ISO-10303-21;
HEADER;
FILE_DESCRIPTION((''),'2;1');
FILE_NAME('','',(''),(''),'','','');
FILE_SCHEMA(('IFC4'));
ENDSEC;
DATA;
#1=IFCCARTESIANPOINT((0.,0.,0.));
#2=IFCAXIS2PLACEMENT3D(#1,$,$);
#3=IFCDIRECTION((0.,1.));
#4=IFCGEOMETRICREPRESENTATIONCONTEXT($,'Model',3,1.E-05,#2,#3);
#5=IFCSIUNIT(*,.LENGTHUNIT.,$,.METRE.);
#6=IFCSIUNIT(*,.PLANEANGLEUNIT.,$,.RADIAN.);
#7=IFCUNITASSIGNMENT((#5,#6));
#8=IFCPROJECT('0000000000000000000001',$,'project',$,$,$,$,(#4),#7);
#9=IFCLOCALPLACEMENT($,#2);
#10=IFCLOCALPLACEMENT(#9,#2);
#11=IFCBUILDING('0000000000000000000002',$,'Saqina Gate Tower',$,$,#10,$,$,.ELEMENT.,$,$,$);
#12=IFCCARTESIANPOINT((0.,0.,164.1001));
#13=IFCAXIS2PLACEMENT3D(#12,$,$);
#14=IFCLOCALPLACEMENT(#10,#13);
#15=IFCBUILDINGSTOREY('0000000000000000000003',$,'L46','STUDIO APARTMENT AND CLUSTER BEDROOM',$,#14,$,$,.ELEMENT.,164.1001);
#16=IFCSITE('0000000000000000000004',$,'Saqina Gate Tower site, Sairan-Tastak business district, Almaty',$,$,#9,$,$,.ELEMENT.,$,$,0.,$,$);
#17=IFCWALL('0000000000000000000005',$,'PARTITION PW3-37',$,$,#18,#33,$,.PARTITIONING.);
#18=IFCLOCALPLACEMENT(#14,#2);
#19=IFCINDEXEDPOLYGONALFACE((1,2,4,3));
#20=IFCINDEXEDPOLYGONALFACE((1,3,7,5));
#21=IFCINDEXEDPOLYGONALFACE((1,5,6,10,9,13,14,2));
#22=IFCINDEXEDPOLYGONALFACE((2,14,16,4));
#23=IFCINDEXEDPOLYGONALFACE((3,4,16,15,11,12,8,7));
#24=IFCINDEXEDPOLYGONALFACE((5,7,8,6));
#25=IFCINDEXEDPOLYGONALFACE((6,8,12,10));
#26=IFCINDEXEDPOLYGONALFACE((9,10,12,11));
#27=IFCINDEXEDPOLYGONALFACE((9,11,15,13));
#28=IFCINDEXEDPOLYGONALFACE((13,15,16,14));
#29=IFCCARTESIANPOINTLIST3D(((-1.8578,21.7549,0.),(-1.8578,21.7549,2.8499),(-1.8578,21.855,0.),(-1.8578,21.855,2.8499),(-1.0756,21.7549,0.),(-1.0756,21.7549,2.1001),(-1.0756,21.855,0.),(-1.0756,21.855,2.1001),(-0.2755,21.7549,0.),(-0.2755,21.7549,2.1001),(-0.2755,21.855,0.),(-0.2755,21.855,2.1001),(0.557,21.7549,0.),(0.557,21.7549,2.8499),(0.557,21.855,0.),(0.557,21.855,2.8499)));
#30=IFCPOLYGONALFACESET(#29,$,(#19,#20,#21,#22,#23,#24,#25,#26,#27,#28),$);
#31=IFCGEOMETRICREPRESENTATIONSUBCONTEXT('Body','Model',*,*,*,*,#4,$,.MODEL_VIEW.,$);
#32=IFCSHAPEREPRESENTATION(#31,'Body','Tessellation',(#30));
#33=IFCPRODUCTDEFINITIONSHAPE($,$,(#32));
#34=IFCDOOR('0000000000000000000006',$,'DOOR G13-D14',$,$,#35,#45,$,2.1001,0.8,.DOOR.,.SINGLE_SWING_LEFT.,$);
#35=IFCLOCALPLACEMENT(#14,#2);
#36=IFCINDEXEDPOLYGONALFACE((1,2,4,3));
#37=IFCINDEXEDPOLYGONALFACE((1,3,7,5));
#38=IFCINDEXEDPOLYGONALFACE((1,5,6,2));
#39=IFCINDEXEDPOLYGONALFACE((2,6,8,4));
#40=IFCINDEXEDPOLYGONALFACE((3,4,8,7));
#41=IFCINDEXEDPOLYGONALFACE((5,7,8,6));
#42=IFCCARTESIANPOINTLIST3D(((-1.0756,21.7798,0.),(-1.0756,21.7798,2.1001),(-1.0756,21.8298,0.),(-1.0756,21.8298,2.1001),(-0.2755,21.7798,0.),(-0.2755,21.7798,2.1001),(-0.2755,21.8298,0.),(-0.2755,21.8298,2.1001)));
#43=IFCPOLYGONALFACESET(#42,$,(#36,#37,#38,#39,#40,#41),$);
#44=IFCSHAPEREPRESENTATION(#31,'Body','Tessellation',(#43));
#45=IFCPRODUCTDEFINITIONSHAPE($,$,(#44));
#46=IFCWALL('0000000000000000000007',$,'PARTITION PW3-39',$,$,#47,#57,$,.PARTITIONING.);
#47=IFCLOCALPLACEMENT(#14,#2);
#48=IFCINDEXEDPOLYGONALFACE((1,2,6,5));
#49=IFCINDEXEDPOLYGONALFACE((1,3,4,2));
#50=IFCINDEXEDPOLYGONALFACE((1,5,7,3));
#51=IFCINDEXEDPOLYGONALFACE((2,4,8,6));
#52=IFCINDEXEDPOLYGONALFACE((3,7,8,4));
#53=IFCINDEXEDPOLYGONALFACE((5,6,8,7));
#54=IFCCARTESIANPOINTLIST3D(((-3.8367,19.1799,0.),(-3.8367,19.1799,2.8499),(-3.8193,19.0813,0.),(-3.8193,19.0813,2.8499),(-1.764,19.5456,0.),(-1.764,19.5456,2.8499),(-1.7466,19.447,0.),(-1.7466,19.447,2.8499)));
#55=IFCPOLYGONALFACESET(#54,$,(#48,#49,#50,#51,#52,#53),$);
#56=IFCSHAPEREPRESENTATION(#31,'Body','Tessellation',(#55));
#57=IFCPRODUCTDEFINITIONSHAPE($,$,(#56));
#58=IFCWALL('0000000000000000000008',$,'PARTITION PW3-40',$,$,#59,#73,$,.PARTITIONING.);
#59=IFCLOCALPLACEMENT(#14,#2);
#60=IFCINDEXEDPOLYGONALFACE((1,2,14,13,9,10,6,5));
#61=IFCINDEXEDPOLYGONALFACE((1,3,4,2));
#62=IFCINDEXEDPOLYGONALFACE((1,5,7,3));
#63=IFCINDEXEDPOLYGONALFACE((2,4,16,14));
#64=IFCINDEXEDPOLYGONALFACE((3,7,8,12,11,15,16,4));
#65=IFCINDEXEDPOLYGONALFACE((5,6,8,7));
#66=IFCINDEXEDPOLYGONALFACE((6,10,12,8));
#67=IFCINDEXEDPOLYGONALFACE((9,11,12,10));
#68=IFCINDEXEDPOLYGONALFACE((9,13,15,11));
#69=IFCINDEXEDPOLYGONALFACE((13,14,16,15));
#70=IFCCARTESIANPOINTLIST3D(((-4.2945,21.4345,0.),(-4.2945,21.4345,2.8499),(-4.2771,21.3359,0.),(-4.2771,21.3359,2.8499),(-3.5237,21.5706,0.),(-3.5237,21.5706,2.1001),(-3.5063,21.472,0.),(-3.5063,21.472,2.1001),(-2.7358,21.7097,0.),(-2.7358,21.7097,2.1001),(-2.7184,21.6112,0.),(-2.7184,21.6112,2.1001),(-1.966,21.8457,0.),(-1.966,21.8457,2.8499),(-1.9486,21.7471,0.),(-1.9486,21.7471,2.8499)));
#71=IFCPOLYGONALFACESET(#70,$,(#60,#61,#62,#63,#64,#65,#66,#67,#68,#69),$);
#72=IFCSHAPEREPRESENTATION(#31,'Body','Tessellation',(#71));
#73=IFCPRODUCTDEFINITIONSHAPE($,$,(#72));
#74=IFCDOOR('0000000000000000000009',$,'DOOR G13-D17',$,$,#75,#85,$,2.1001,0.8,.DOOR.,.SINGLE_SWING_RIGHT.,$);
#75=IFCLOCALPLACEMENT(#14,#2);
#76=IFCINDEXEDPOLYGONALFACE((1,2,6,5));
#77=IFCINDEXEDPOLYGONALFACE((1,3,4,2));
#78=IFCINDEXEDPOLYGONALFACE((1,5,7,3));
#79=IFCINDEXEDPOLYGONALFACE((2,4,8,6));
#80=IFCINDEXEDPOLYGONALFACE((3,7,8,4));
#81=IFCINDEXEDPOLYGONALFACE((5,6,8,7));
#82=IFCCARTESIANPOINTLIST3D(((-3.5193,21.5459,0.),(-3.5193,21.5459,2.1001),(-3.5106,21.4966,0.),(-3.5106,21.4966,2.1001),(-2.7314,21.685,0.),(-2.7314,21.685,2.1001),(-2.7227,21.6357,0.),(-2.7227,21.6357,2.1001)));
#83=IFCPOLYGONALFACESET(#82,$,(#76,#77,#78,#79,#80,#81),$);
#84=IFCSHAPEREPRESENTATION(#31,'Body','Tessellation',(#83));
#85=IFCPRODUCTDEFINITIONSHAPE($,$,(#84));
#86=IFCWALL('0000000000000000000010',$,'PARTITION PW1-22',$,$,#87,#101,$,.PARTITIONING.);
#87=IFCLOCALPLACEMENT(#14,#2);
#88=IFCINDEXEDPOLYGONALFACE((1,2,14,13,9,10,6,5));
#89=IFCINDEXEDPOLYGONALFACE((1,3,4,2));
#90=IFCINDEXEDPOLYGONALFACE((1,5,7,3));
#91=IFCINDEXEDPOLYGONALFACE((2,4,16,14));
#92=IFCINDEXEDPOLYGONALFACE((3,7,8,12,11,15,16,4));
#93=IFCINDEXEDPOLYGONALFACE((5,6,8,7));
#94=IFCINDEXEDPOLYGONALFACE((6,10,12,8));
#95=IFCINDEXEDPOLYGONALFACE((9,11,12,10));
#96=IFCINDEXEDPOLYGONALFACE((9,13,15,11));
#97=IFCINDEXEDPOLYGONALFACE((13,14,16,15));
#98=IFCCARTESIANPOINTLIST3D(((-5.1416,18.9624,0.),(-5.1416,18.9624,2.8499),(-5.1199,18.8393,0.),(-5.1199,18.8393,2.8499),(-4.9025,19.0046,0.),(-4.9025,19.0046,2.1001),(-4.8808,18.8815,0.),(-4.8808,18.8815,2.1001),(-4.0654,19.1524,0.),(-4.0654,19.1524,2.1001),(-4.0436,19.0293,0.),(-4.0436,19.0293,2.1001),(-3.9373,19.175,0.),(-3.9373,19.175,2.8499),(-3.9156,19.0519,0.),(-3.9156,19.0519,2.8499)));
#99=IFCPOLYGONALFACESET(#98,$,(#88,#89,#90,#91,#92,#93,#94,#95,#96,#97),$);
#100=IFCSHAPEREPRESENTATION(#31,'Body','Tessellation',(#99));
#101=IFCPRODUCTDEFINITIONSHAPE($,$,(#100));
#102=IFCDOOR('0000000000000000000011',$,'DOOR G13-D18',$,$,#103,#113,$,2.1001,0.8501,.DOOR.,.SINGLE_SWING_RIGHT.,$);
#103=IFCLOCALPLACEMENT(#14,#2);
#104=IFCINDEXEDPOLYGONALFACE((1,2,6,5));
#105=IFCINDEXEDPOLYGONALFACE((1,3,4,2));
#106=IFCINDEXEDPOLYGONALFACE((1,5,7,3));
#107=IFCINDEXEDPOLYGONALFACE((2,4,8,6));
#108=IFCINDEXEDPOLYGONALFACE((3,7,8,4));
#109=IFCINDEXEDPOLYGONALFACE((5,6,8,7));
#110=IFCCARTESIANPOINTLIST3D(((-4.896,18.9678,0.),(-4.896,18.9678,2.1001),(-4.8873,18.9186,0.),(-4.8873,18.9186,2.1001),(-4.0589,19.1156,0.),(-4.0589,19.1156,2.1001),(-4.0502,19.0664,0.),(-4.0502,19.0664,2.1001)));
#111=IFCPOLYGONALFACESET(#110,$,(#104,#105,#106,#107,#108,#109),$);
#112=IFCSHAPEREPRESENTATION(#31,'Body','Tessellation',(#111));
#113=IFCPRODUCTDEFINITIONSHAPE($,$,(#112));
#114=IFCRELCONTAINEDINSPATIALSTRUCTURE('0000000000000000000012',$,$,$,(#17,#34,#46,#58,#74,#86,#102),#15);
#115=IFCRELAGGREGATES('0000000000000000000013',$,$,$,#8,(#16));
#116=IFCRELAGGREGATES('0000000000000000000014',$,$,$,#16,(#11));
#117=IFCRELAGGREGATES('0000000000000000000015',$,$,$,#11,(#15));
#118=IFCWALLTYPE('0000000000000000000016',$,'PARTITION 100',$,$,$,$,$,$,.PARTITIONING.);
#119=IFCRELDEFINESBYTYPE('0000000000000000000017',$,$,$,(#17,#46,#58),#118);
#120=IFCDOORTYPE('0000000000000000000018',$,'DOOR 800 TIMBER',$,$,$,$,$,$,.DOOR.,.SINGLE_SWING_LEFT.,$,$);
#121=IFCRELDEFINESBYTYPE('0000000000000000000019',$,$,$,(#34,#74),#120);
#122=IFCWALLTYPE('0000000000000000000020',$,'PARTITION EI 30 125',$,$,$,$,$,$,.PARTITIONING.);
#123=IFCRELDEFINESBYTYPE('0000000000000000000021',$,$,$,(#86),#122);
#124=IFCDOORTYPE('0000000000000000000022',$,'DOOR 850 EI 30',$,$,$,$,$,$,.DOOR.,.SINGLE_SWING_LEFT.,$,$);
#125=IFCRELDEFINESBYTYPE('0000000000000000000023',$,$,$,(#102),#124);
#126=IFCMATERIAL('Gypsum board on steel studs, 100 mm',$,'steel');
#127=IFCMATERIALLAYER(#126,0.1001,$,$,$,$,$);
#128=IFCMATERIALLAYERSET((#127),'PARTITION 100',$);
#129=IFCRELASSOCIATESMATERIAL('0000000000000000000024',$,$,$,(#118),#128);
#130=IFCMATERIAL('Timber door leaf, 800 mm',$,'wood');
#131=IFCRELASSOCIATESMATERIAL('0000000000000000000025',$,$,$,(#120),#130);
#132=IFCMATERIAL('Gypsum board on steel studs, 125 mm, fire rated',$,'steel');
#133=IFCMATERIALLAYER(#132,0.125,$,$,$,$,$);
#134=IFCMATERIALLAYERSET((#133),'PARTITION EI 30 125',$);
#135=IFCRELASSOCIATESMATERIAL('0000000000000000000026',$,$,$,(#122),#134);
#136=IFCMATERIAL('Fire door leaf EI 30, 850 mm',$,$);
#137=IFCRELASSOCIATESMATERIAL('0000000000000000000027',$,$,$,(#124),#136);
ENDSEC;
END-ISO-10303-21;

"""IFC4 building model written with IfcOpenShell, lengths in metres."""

from ifc_helpers import new_model, si_unit, direction, frame, frame_2d, origin, place, context, subcontext, project, spatial, rectangle, extrude, material, layer, layer_set, type_object, element, fill, save


model = new_model("IFC4")

# Units and contexts
model_context = context("Model", 3, precision=1e-05, world=origin(), true_north=direction((0.0, 1.0)))
body_context = subcontext(model_context, "Body", "Model", "MODEL_VIEW")
ifc_project = project(units=[si_unit("LENGTHUNIT", "METRE"), si_unit("PLANEANGLEUNIT", "RADIAN")], contexts=[model_context])

# Site, building, storey
site_placement = place(None, origin())
site = spatial("IfcSite", under=ifc_project, at=site_placement, Name="Saqina Gate Tower site, Sairan-Tastak business district, Almaty", CompositionType="ELEMENT", RefElevation=0.0)
building_placement = place(site_placement, origin())
building = spatial("IfcBuilding", under=site, at=building_placement, Name="Saqina Gate Tower", CompositionType="ELEMENT")
storey_placement = place(building_placement, frame((0.0, 0.0, 164.1001)))
storey = spatial("IfcBuildingStorey", under=building, at=storey_placement, Name="L46", Description="STUDIO APARTMENT AND CLUSTER BEDROOM", CompositionType="ELEMENT", Elevation=164.1001)

# Shared definitions
ifc_material_1 = material(Name="Gypsum board on steel studs, 100 mm", Category="steel")
ifc_layer_1 = layer(ifc_material_1, 0.1001)
ifc_layer_set_1 = layer_set([ifc_layer_1], Name="PARTITION 100")
wall_type_1 = type_object("IfcWallType", Name="PARTITION 100", PredefinedType="PARTITIONING", material=ifc_layer_set_1)

# Wall, opening, door
wall_1_placement = place(storey_placement, frame((-1.8579, 21.8049, 0.0), z_axis=(0.0, 0.0, 1.0), x_axis=(1.0, 0.0, 0.0)))
wall_1 = element("IfcWall", 1, at=wall_1_placement, inside=storey, type_object=wall_type_1, Name="PARTITION PW3-37", PredefinedType="PARTITIONING", context=body_context, shape_type="SweptSolid", body=[
    extrude(rectangle(XDim=2.4148, YDim=0.1001, at=frame_2d((1.2075, 0.0))), origin(), (0.0, 0.0, 1.0), 2.8499),
])
opening_1_placement = place(wall_1_placement, frame((0.7825, 0.0, 0.0)))
opening_1 = element("IfcOpeningElement", 2, at=opening_1_placement, cuts=wall_1, PredefinedType="OPENING", context=body_context, shape_type="SweptSolid", body=[
    extrude(rectangle(XDim=0.8, YDim=2.1001, at=frame_2d((0.3999, 1.05))), frame((0.0, 0.062, 0.0), z_axis=(0.0, -1.0, 0.0), x_axis=(1.0, 0.0, 0.0)), (0.0, 0.0, 1.0), 0.124),
])
ifc_material_2 = material(Name="Timber door leaf, 800 mm", Category="wood")
door_type_1 = type_object("IfcDoorType", Name="DOOR 800 TIMBER", OperationType="SINGLE_SWING_LEFT", PredefinedType="DOOR", material=ifc_material_2)
door_1_placement = place(opening_1_placement, origin())
door_1 = element("IfcDoor", 3, at=door_1_placement, inside=storey, type_object=door_type_1, Name="DOOR G13-D14", OperationType="SINGLE_SWING_LEFT", OverallHeight=2.1001, OverallWidth=0.8, PredefinedType="DOOR", context=body_context, shape_type="SweptSolid", body=[
    extrude(rectangle(XDim=0.8, YDim=2.1001, at=frame_2d((0.3999, 1.05))), frame((0.0, 0.0249, 0.0), z_axis=(0.0, -1.0, 0.0), x_axis=(1.0, 0.0, 0.0)), (0.0, 0.0, 1.0), 0.05),
])
fill(opening_1, door_1)

# Wall
wall_2_placement = place(storey_placement, frame((-3.8279, 19.1306, 0.0), z_axis=(0.0, 0.0, 1.0), x_axis=(0.984788, 0.173759, 0.0)))
element("IfcWall", 4, at=wall_2_placement, inside=storey, type_object=wall_type_1, Name="PARTITION PW3-39", PredefinedType="PARTITIONING", context=body_context, shape_type="SweptSolid", body=[
    extrude(rectangle(XDim=2.1047, YDim=0.1001, at=frame_2d((1.0522, 0.0))), origin(), (0.0, 0.0, 1.0), 2.8499),
])

# Walls, openings, doors
wall_3_placement = place(storey_placement, frame((-4.2856, 21.3853, 0.0), z_axis=(0.0, 0.0, 1.0), x_axis=(0.984766, 0.173885, 0.0)))
wall_3 = element("IfcWall", 5, at=wall_3_placement, inside=storey, type_object=wall_type_1, Name="PARTITION PW3-40", PredefinedType="PARTITIONING", context=body_context, shape_type="SweptSolid", body=[
    extrude(rectangle(XDim=2.3645, YDim=0.1001, at=frame_2d((1.1821, 0.0))), origin(), (0.0, 0.0, 1.0), 2.8499),
])
opening_2_placement = place(wall_3_placement, frame((0.7827, 0.0, 0.0)))
opening_2 = element("IfcOpeningElement", 6, at=opening_2_placement, cuts=wall_3, PredefinedType="OPENING", context=body_context, shape_type="SweptSolid", body=[
    extrude(rectangle(XDim=0.8, YDim=2.1001, at=frame_2d((0.3999, 1.05))), frame((0.0, 0.062, 0.0), z_axis=(0.0, -1.0, 0.0), x_axis=(1.0, 0.0, 0.0)), (0.0, 0.0, 1.0), 0.124),
])
door_2_placement = place(opening_2_placement, origin())
door_2 = element("IfcDoor", 7, at=door_2_placement, inside=storey, type_object=door_type_1, Name="DOOR G13-D17", OperationType="SINGLE_SWING_RIGHT", OverallHeight=2.1001, OverallWidth=0.8, PredefinedType="DOOR", context=body_context, shape_type="SweptSolid", body=[
    extrude(rectangle(XDim=0.8, YDim=2.1001, at=frame_2d((0.3999, 1.05))), frame((0.0, 0.0249, 0.0), z_axis=(0.0, -1.0, 0.0), x_axis=(1.0, 0.0, 0.0)), (0.0, 0.0, 1.0), 0.05),
])
fill(opening_2, door_2)
ifc_material_3 = material(Name="Gypsum board on steel studs, 125 mm, fire rated", Category="steel")
ifc_layer_2 = layer(ifc_material_3, 0.125)
ifc_layer_set_2 = layer_set([ifc_layer_2], Name="PARTITION EI 30 125")
wall_type_2 = type_object("IfcWallType", Name="PARTITION EI 30 125", PredefinedType="PARTITIONING", material=ifc_layer_set_2)
wall_4_placement = place(storey_placement, frame((-5.1306, 18.9009, 0.0), z_axis=(0.0, 0.0, 1.0), x_axis=(0.984767, 0.173876, 0.0)))
wall_4 = element("IfcWall", 8, at=wall_4_placement, inside=storey, type_object=wall_type_2, Name="PARTITION PW1-22", PredefinedType="PARTITIONING", context=body_context, shape_type="SweptSolid", body=[
    extrude(rectangle(XDim=1.2229, YDim=0.125, at=frame_2d((0.6113, 0.0))), origin(), (0.0, 0.0, 1.0), 2.8499),
])
opening_3_placement = place(wall_4_placement, frame((0.2427, 0.0, 0.0)))
opening_3 = element("IfcOpeningElement", 9, at=opening_3_placement, cuts=wall_4, PredefinedType="OPENING", context=body_context, shape_type="SweptSolid", body=[
    extrude(rectangle(XDim=0.8501, YDim=2.1001, at=frame_2d((0.425, 1.05))), frame((0.0, 0.0745, 0.0), z_axis=(0.0, -1.0, 0.0), x_axis=(1.0, 0.0, 0.0)), (0.0, 0.0, 1.0), 0.1489),
])
ifc_material_4 = material(Name="Fire door leaf EI 30, 850 mm")
door_type_2 = type_object("IfcDoorType", Name="DOOR 850 EI 30", OperationType="SINGLE_SWING_LEFT", PredefinedType="DOOR", material=ifc_material_4)
door_3_placement = place(opening_3_placement, frame((0.8501, 0.0, 0.0), z_axis=(0.0, 0.0, 1.0), x_axis=(-1.0, 0.0, 0.0)))
door_3 = element("IfcDoor", 10, at=door_3_placement, inside=storey, type_object=door_type_2, Name="DOOR G13-D18", OperationType="SINGLE_SWING_RIGHT", OverallHeight=2.1001, OverallWidth=0.8501, PredefinedType="DOOR", context=body_context, shape_type="SweptSolid", body=[
    extrude(rectangle(XDim=0.8501, YDim=2.1001, at=frame_2d((0.425, 1.05))), frame((0.0, 0.0249, 0.0), z_axis=(0.0, -1.0, 0.0), x_axis=(1.0, 0.0, 0.0)), (0.0, 0.0, 1.0), 0.05),
])
fill(opening_3, door_3)

save(model, "model.ifc")
